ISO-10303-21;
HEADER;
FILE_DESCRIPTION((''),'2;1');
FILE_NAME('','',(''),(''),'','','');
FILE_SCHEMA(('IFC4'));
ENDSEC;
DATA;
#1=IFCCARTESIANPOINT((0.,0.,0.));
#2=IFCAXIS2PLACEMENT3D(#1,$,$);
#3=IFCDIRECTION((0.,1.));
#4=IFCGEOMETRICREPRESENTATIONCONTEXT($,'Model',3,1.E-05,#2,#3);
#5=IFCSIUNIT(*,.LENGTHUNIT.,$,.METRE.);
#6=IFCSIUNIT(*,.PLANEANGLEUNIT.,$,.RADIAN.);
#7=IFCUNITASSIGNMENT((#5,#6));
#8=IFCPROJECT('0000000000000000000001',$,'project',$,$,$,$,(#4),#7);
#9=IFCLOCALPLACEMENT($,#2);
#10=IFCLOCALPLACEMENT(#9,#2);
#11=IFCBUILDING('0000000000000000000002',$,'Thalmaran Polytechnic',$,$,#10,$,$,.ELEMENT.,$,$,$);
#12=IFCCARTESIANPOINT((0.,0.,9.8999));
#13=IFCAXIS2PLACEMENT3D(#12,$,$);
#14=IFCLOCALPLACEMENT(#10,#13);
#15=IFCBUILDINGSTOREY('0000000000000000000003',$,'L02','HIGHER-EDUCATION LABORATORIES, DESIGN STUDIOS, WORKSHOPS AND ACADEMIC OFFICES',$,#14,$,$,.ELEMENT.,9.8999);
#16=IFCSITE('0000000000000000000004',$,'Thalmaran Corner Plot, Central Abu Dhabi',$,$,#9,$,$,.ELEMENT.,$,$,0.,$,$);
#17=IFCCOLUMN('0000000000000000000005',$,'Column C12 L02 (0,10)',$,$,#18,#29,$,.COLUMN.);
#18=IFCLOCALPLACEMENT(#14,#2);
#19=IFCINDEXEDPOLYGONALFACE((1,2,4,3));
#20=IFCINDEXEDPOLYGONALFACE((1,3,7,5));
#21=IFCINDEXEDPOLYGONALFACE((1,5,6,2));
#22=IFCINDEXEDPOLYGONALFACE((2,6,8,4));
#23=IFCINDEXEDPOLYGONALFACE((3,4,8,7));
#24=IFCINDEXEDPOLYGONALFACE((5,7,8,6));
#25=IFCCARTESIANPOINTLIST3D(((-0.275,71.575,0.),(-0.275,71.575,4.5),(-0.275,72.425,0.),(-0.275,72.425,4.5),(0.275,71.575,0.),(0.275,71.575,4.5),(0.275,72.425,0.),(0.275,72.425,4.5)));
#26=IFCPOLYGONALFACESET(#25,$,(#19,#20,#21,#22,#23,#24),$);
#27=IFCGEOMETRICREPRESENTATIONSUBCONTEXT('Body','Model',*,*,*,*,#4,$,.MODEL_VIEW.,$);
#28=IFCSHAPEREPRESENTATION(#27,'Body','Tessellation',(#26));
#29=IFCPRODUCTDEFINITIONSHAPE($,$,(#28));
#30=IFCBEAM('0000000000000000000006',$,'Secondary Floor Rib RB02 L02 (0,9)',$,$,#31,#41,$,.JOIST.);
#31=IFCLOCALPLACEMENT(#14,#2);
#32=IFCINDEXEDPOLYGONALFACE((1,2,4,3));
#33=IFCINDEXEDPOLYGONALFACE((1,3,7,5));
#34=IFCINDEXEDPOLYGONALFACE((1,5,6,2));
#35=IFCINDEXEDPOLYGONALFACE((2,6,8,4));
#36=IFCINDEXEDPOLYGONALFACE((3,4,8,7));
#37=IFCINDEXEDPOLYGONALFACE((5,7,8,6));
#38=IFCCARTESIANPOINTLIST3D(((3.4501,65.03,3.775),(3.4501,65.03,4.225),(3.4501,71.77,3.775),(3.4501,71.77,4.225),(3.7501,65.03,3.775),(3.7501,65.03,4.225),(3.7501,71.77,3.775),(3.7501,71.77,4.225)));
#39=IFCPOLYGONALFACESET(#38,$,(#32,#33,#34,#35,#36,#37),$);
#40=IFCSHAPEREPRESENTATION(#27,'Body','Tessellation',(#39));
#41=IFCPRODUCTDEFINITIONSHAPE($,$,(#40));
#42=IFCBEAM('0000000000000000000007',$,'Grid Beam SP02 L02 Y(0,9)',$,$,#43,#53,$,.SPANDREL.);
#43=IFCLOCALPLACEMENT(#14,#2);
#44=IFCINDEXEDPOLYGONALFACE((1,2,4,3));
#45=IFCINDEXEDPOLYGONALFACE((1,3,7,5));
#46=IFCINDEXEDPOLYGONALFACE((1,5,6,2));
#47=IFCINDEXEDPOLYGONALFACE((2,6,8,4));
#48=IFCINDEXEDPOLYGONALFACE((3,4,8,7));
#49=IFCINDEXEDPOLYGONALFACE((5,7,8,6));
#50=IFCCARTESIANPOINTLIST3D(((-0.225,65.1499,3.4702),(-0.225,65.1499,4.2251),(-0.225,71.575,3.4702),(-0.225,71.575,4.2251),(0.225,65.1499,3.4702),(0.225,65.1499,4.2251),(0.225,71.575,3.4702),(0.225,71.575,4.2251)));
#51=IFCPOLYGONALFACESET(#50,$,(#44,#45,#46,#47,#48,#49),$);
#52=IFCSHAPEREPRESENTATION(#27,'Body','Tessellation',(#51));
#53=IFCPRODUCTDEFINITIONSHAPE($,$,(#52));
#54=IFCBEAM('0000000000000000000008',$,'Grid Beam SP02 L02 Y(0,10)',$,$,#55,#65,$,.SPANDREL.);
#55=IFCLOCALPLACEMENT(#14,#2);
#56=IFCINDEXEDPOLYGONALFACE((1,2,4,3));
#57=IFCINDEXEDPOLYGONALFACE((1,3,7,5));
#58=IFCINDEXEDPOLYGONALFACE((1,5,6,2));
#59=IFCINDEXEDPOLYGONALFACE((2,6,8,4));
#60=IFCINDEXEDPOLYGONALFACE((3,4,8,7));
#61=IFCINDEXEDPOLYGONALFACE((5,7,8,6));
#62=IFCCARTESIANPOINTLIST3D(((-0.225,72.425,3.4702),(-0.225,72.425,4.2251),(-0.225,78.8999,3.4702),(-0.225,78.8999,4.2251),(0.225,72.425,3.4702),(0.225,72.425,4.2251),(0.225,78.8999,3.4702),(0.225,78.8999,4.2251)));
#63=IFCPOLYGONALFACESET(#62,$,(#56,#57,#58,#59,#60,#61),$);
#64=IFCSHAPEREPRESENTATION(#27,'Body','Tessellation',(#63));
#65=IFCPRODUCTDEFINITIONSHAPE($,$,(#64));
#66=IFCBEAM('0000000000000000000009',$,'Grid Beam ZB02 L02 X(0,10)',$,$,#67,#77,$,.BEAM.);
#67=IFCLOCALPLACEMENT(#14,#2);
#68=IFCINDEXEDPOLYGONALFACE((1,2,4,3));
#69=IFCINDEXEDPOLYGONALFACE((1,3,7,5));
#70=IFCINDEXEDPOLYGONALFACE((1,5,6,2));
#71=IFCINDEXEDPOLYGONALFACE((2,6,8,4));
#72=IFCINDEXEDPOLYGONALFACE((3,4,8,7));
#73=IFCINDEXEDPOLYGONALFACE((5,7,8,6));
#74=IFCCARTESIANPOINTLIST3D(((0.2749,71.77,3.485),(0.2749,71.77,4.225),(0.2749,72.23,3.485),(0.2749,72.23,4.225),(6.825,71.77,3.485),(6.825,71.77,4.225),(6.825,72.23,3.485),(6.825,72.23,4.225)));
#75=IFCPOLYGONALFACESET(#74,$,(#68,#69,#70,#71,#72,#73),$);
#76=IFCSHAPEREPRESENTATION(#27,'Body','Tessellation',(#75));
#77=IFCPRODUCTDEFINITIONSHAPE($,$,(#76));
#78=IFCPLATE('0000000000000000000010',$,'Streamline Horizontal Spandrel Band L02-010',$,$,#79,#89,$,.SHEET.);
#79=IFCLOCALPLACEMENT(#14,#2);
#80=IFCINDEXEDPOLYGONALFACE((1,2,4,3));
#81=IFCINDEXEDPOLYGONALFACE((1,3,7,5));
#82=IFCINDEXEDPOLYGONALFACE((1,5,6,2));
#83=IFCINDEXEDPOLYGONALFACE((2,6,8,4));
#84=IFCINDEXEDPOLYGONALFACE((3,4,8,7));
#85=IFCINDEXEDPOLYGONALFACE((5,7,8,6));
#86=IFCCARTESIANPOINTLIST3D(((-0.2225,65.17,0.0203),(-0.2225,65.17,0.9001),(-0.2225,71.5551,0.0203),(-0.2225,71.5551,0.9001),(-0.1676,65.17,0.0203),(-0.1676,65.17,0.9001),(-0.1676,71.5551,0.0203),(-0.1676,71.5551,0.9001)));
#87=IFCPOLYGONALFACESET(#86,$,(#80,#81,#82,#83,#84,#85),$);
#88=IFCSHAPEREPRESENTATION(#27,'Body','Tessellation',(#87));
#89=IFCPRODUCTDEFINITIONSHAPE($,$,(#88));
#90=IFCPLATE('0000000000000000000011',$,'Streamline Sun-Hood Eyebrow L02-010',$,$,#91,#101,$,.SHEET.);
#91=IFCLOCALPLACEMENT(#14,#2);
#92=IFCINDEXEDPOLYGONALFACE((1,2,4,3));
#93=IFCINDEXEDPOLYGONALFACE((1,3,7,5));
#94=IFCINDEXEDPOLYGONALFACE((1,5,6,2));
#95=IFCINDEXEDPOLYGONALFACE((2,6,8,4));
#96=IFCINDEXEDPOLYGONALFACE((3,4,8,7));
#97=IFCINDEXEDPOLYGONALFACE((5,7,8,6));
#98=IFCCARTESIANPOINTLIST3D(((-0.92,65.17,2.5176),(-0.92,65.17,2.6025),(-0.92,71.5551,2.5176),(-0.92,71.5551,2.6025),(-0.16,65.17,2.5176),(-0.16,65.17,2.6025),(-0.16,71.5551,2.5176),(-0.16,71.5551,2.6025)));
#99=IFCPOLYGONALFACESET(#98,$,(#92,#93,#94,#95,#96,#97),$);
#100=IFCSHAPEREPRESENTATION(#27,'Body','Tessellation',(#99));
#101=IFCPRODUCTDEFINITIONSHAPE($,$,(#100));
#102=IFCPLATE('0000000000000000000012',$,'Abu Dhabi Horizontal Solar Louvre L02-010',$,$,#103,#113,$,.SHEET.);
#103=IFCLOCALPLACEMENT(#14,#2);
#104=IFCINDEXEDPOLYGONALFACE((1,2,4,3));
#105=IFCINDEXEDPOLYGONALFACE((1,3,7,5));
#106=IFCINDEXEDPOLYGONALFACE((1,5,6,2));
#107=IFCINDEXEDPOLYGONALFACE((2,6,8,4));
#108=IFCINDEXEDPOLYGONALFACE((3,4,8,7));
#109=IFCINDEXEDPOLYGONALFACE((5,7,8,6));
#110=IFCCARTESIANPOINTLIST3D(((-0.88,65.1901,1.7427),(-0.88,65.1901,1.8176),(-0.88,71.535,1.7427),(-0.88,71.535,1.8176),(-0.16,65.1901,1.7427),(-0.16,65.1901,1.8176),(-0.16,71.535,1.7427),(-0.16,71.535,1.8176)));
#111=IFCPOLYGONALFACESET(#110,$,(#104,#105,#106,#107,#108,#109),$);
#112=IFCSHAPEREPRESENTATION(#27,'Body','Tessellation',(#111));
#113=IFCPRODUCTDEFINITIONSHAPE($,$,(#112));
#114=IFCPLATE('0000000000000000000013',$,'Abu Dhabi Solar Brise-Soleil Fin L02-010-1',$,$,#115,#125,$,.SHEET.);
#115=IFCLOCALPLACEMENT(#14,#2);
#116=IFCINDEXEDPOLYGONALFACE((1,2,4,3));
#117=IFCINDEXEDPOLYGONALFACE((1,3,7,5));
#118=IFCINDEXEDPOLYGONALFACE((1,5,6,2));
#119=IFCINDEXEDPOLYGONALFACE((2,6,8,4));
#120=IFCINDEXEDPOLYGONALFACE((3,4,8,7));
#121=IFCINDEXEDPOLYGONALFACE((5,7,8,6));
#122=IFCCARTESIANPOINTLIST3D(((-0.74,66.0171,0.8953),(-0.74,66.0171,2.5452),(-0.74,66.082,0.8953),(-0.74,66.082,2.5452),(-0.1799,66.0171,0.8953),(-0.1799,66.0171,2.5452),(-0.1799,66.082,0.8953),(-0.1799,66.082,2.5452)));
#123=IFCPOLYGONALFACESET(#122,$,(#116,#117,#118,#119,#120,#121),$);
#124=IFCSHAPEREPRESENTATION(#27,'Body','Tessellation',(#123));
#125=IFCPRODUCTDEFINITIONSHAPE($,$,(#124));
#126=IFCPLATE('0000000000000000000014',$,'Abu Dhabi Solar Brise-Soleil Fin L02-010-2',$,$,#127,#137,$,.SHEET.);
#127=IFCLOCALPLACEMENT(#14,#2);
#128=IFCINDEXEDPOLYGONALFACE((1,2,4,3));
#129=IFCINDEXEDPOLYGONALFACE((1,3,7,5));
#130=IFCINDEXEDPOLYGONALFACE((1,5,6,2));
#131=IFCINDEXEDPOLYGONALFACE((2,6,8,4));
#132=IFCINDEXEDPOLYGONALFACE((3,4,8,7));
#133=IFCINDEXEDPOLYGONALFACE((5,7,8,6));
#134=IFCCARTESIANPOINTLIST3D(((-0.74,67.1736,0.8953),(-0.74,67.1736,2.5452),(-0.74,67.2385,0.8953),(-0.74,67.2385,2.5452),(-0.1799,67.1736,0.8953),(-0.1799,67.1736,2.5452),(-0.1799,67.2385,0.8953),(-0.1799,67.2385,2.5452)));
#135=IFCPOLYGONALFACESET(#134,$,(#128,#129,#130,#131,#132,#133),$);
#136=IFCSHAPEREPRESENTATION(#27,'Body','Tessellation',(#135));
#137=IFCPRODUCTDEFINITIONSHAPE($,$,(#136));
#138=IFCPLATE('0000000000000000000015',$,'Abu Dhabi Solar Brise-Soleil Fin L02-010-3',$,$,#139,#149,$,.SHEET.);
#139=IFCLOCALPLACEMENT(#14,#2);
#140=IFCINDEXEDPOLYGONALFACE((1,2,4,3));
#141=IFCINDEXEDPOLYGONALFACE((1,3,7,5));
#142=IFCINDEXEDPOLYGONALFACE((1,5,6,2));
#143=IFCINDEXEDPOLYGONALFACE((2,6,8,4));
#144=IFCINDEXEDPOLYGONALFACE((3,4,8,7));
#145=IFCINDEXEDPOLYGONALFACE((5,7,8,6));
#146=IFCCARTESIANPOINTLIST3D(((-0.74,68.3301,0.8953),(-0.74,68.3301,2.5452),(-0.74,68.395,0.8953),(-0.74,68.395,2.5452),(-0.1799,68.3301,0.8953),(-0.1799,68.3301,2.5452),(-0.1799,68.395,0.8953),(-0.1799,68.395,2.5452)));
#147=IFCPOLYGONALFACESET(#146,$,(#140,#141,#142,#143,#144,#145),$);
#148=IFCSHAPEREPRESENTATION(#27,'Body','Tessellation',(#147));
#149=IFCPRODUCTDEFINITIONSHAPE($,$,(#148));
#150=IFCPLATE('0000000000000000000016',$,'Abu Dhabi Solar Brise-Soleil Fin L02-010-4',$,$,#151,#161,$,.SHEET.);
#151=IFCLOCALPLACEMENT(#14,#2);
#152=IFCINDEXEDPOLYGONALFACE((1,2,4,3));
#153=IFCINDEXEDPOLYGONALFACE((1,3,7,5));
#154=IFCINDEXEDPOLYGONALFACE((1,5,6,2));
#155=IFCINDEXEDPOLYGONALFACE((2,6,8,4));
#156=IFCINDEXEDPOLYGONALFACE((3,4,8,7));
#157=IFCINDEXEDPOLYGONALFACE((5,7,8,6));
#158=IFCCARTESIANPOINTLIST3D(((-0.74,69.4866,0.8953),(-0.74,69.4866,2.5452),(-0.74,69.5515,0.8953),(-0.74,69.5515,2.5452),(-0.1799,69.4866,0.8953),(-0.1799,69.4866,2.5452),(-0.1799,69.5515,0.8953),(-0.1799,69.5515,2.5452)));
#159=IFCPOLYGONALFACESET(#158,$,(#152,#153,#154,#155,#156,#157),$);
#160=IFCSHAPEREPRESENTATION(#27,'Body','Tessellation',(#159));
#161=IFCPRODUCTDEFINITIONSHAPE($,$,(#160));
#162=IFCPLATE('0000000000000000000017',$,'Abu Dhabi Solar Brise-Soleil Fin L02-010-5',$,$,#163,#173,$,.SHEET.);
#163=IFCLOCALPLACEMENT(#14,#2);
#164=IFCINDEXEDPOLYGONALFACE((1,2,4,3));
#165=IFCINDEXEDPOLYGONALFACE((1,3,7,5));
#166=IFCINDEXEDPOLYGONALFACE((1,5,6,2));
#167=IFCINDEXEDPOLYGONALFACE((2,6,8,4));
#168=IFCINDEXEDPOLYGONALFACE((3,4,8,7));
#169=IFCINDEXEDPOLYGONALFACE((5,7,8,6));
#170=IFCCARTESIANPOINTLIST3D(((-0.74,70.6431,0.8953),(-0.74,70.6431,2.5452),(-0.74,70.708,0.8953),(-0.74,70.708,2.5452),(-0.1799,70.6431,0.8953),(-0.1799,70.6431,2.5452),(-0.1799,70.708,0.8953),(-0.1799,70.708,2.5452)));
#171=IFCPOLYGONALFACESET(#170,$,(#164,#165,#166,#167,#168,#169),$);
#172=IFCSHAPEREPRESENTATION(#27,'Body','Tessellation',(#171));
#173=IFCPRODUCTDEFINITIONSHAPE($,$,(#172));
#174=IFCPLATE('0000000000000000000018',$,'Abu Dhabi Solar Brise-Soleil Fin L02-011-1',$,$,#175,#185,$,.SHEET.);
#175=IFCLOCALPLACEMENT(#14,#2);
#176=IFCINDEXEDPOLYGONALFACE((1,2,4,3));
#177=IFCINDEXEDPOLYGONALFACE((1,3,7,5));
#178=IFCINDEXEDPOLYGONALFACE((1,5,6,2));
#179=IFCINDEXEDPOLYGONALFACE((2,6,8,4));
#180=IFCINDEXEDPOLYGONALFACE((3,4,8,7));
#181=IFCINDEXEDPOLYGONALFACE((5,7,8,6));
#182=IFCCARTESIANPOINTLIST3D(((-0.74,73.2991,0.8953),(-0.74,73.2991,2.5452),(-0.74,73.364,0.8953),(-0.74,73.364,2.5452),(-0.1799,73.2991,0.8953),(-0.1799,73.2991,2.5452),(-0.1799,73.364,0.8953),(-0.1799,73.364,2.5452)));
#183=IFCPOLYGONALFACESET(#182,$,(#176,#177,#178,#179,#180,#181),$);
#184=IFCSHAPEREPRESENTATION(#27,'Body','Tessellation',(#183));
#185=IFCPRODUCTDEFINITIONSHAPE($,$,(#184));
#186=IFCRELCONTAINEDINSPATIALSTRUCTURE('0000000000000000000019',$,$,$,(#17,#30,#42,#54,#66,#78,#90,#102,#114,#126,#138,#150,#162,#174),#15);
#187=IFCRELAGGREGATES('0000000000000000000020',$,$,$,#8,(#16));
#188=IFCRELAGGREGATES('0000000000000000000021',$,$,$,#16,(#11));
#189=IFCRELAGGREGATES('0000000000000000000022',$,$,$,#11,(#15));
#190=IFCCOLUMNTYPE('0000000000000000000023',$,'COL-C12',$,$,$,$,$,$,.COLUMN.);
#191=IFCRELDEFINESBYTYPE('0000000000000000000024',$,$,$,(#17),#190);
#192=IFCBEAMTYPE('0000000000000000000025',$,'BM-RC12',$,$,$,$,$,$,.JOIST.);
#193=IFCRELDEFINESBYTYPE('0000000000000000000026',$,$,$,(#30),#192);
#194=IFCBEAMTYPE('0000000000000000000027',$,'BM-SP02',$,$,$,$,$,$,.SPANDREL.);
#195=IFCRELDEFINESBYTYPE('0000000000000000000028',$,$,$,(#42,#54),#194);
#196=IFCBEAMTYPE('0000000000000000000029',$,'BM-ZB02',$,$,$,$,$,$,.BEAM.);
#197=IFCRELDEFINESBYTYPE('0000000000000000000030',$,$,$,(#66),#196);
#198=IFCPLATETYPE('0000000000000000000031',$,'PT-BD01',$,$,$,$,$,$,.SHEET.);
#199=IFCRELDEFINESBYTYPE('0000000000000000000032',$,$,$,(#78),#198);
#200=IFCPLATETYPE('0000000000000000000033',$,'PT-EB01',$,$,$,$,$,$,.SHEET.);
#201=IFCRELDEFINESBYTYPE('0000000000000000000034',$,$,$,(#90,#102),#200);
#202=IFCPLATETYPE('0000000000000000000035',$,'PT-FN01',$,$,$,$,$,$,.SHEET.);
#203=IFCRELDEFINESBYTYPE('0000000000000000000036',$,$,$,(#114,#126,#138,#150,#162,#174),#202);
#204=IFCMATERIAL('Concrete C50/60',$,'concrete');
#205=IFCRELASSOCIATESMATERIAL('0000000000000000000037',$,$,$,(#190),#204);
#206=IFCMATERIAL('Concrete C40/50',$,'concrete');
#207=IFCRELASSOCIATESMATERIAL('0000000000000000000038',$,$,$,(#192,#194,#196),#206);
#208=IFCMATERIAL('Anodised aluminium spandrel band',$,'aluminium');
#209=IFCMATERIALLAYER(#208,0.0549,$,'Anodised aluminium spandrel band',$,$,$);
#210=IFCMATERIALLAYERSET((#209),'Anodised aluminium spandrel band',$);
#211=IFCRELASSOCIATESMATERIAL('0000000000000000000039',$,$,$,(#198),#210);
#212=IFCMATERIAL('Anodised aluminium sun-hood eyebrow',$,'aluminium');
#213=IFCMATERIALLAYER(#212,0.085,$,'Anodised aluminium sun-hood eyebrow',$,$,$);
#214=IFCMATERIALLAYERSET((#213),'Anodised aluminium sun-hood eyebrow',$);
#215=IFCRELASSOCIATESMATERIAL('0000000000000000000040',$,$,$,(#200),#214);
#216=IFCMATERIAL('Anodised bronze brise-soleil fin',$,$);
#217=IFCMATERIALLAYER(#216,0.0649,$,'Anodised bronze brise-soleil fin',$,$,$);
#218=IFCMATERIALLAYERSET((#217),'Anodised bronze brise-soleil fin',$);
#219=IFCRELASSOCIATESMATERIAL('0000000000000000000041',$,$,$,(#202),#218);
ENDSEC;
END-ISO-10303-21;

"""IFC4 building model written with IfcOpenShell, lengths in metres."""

from ifc_helpers import new_model, si_unit, direction, frame, origin, origin_2d, place, context, subcontext, project, spatial, rectangle, extrude, material, layer, layer_set, material_profile, profile_set, type_object, element, save


model = new_model("IFC4")

# Units and contexts
model_context = context("Model", 3, precision=1e-05, world=origin(), true_north=direction((0.0, 1.0)))
body_context = subcontext(model_context, "Body", "Model", "MODEL_VIEW")
ifc_project = project(units=[si_unit("LENGTHUNIT", "METRE"), si_unit("PLANEANGLEUNIT", "RADIAN")], contexts=[model_context])

# Site, building, storey
site_placement = place(None, origin())
site = spatial("IfcSite", under=ifc_project, at=site_placement, Name="Thalmaran Corner Plot, Central Abu Dhabi", CompositionType="ELEMENT", RefElevation=0.0)
building_placement = place(site_placement, origin())
building = spatial("IfcBuilding", under=site, at=building_placement, Name="Thalmaran Polytechnic", CompositionType="ELEMENT")
storey_placement = place(building_placement, frame((0.0, 0.0, 9.8999)))
storey = spatial("IfcBuildingStorey", under=building, at=storey_placement, Name="L02", Description="HIGHER-EDUCATION LABORATORIES, DESIGN STUDIOS, WORKSHOPS AND ACADEMIC OFFICES", CompositionType="ELEMENT", Elevation=9.8999)

# Column
ifc_material_1 = material(Name="Concrete C50/60", Category="concrete")
ifc_material_profile_1 = material_profile(ifc_material_1, rectangle(XDim=0.55, YDim=0.8501, at=origin_2d()), Name="RC 550x850")
ifc_profile_set_1 = profile_set([ifc_material_profile_1], Name="Concrete C50/60")
column_type = type_object("IfcColumnType", Name="COL-C12", PredefinedType="COLUMN", material=ifc_profile_set_1)
column_placement = place(storey_placement, frame((0.0, 72.0, 0.0), z_axis=(0.0, 0.0, 1.0), x_axis=(1.0, 0.0, 0.0)))
element("IfcColumn", 1, at=column_placement, inside=storey, type_object=column_type, Name="Column C12 L02 (0,10)", PredefinedType="COLUMN", context=body_context, shape_type="SweptSolid", body=[
    extrude(rectangle(XDim=0.55, YDim=0.8501, at=origin_2d()), origin(), (0.0, 0.0, 1.0), 4.5),
])

# Beams
ifc_material_2 = material(Name="Concrete C40/50", Category="concrete")
ifc_material_profile_2 = material_profile(ifc_material_2, rectangle(XDim=0.3, YDim=0.45, at=origin_2d()), Name="RC 300x450")
ifc_profile_set_2 = profile_set([ifc_material_profile_2], Name="Concrete C40/50")
beam_type_1 = type_object("IfcBeamType", Name="BM-RC12", PredefinedType="JOIST", material=ifc_profile_set_2)
beam_1_placement = place(storey_placement, frame((3.6001, 65.03, 4.0), z_axis=(0.0, 1.0, 0.0), x_axis=(-1.0, 0.0, 0.0)))
element("IfcBeam", 2, at=beam_1_placement, inside=storey, type_object=beam_type_1, Name="Secondary Floor Rib RB02 L02 (0,9)", PredefinedType="JOIST", context=body_context, shape_type="SweptSolid", body=[
    extrude(rectangle(XDim=0.3, YDim=0.45, at=origin_2d()), origin(), (0.0, 0.0, 1.0), 6.74),
])
ifc_material_profile_3 = material_profile(ifc_material_2, rectangle(XDim=0.45, YDim=0.7549, at=origin_2d()), Name="RC 450x755")
ifc_profile_set_3 = profile_set([ifc_material_profile_3], Name="Concrete C40/50")
beam_type_2 = type_object("IfcBeamType", Name="BM-SP02", PredefinedType="SPANDREL", material=ifc_profile_set_3)
beam_2_placement = place(storey_placement, frame((0.0, 65.1499, 3.8477), z_axis=(0.0, 1.0, 0.0), x_axis=(-1.0, 0.0, 0.0)))
element("IfcBeam", 3, at=beam_2_placement, inside=storey, type_object=beam_type_2, Name="Grid Beam SP02 L02 Y(0,9)", PredefinedType="SPANDREL", context=body_context, shape_type="SweptSolid", body=[
    extrude(rectangle(XDim=0.45, YDim=0.7549, at=origin_2d()), origin(), (0.0, 0.0, 1.0), 6.425),
])
beam_3_placement = place(storey_placement, frame((0.0, 72.425, 3.8477), z_axis=(0.0, 1.0, 0.0), x_axis=(-1.0, 0.0, 0.0)))
element("IfcBeam", 4, at=beam_3_placement, inside=storey, type_object=beam_type_2, Name="Grid Beam SP02 L02 Y(0,10)", PredefinedType="SPANDREL", context=body_context, shape_type="SweptSolid", body=[
    extrude(rectangle(XDim=0.45, YDim=0.7549, at=origin_2d()), origin(), (0.0, 0.0, 1.0), 6.4749),
])
ifc_material_profile_4 = material_profile(ifc_material_2, rectangle(XDim=0.46, YDim=0.74, at=origin_2d()), Name="RC 460x740")
ifc_profile_set_4 = profile_set([ifc_material_profile_4], Name="Concrete C40/50")
beam_type_3 = type_object("IfcBeamType", Name="BM-ZB02", PredefinedType="BEAM", material=ifc_profile_set_4)
beam_4_placement = place(storey_placement, frame((0.2749, 72.0, 3.855), z_axis=(1.0, 0.0, 0.0), x_axis=(0.0, 1.0, 0.0)))
element("IfcBeam", 5, at=beam_4_placement, inside=storey, type_object=beam_type_3, Name="Grid Beam ZB02 L02 X(0,10)", PredefinedType="BEAM", context=body_context, shape_type="SweptSolid", body=[
    extrude(rectangle(XDim=0.46, YDim=0.74, at=origin_2d()), origin(), (0.0, 0.0, 1.0), 6.55),
])

# Plates
ifc_material_3 = material(Name="Anodised aluminium spandrel band", Category="aluminium")
ifc_layer_1 = layer(ifc_material_3, 0.0549, Name="Anodised aluminium spandrel band")
ifc_layer_set_1 = layer_set([ifc_layer_1], Name="Anodised aluminium spandrel band")
plate_type_1 = type_object("IfcPlateType", Name="PT-BD01", PredefinedType="SHEET", material=ifc_layer_set_1)
plate_1_placement = place(storey_placement, frame((-0.1951, 68.3625, 0.0203), z_axis=(0.0, 0.0, 1.0), x_axis=(0.0, 1.0, 0.0)))
element("IfcPlate", 6, at=plate_1_placement, inside=storey, type_object=plate_type_1, Name="Streamline Horizontal Spandrel Band L02-010", PredefinedType="SHEET", context=body_context, shape_type="SweptSolid", body=[
    extrude(rectangle(XDim=6.385, YDim=0.0549, at=origin_2d()), origin(), (0.0, 0.0, 1.0), 0.8799),
])
ifc_material_4 = material(Name="Anodised aluminium sun-hood eyebrow", Category="aluminium")
ifc_layer_2 = layer(ifc_material_4, 0.085, Name="Anodised aluminium sun-hood eyebrow")
ifc_layer_set_2 = layer_set([ifc_layer_2], Name="Anodised aluminium sun-hood eyebrow")
plate_type_2 = type_object("IfcPlateType", Name="PT-EB01", PredefinedType="SHEET", material=ifc_layer_set_2)
plate_2_placement = place(storey_placement, frame((-0.54, 68.3625, 2.5176), z_axis=(0.0, 0.0, 1.0), x_axis=(0.0, 1.0, 0.0)))
element("IfcPlate", 7, at=plate_2_placement, inside=storey, type_object=plate_type_2, Name="Streamline Sun-Hood Eyebrow L02-010", PredefinedType="SHEET", context=body_context, shape_type="SweptSolid", body=[
    extrude(rectangle(XDim=6.385, YDim=0.76, at=origin_2d()), origin(), (0.0, 0.0, 1.0), 0.085),
])
plate_3_placement = place(storey_placement, frame((-0.52, 68.3625, 1.7427), z_axis=(0.0, 0.0, 1.0), x_axis=(0.0, 1.0, 0.0)))
element("IfcPlate", 8, at=plate_3_placement, inside=storey, type_object=plate_type_2, Name="Abu Dhabi Horizontal Solar Louvre L02-010", PredefinedType="SHEET", context=body_context, shape_type="SweptSolid", body=[
    extrude(rectangle(XDim=6.345, YDim=0.72, at=origin_2d()), origin(), (0.0, 0.0, 1.0), 0.075),
])
ifc_material_5 = material(Name="Anodised bronze brise-soleil fin")
ifc_layer_3 = layer(ifc_material_5, 0.0649, Name="Anodised bronze brise-soleil fin")
ifc_layer_set_3 = layer_set([ifc_layer_3], Name="Anodised bronze brise-soleil fin")
plate_type_3 = type_object("IfcPlateType", Name="PT-FN01", PredefinedType="SHEET", material=ifc_layer_set_3)
for number, where, z_axis, x_axis, name in (
    (9, (-0.46, 66.0496, 0.8953), (0.0, 0.0, 1.0), (0.0, 1.0, 0.0), "Abu Dhabi Solar Brise-Soleil Fin L02-010-1"),
    (10, (-0.46, 67.2061, 0.8953), (0.0, 0.0, 1.0), (0.0, 1.0, 0.0), "Abu Dhabi Solar Brise-Soleil Fin L02-010-2"),
    (11, (-0.46, 68.3625, 0.8953), (0.0, 0.0, 1.0), (0.0, 1.0, 0.0), "Abu Dhabi Solar Brise-Soleil Fin L02-010-3"),
    (12, (-0.46, 69.519, 0.8953), (0.0, 0.0, 1.0), (0.0, 1.0, 0.0), "Abu Dhabi Solar Brise-Soleil Fin L02-010-4"),
    (13, (-0.46, 70.6755, 0.8953), (0.0, 0.0, 1.0), (0.0, 1.0, 0.0), "Abu Dhabi Solar Brise-Soleil Fin L02-010-5"),
    (14, (-0.46, 73.3315, 0.8953), (0.0, 0.0, 1.0), (0.0, 1.0, 0.0), "Abu Dhabi Solar Brise-Soleil Fin L02-011-1"),
):
    element("IfcPlate", number, at=place(storey_placement, frame(where, z_axis=z_axis, x_axis=x_axis)), inside=storey, type_object=plate_type_3, Name=name, PredefinedType="SHEET", context=body_context, shape_type="SweptSolid", body=[
        extrude(rectangle(XDim=0.0649, YDim=0.5601, at=origin_2d()), origin(), (0.0, 0.0, 1.0), 1.6499),
    ])

save(model, "model.ifc")
